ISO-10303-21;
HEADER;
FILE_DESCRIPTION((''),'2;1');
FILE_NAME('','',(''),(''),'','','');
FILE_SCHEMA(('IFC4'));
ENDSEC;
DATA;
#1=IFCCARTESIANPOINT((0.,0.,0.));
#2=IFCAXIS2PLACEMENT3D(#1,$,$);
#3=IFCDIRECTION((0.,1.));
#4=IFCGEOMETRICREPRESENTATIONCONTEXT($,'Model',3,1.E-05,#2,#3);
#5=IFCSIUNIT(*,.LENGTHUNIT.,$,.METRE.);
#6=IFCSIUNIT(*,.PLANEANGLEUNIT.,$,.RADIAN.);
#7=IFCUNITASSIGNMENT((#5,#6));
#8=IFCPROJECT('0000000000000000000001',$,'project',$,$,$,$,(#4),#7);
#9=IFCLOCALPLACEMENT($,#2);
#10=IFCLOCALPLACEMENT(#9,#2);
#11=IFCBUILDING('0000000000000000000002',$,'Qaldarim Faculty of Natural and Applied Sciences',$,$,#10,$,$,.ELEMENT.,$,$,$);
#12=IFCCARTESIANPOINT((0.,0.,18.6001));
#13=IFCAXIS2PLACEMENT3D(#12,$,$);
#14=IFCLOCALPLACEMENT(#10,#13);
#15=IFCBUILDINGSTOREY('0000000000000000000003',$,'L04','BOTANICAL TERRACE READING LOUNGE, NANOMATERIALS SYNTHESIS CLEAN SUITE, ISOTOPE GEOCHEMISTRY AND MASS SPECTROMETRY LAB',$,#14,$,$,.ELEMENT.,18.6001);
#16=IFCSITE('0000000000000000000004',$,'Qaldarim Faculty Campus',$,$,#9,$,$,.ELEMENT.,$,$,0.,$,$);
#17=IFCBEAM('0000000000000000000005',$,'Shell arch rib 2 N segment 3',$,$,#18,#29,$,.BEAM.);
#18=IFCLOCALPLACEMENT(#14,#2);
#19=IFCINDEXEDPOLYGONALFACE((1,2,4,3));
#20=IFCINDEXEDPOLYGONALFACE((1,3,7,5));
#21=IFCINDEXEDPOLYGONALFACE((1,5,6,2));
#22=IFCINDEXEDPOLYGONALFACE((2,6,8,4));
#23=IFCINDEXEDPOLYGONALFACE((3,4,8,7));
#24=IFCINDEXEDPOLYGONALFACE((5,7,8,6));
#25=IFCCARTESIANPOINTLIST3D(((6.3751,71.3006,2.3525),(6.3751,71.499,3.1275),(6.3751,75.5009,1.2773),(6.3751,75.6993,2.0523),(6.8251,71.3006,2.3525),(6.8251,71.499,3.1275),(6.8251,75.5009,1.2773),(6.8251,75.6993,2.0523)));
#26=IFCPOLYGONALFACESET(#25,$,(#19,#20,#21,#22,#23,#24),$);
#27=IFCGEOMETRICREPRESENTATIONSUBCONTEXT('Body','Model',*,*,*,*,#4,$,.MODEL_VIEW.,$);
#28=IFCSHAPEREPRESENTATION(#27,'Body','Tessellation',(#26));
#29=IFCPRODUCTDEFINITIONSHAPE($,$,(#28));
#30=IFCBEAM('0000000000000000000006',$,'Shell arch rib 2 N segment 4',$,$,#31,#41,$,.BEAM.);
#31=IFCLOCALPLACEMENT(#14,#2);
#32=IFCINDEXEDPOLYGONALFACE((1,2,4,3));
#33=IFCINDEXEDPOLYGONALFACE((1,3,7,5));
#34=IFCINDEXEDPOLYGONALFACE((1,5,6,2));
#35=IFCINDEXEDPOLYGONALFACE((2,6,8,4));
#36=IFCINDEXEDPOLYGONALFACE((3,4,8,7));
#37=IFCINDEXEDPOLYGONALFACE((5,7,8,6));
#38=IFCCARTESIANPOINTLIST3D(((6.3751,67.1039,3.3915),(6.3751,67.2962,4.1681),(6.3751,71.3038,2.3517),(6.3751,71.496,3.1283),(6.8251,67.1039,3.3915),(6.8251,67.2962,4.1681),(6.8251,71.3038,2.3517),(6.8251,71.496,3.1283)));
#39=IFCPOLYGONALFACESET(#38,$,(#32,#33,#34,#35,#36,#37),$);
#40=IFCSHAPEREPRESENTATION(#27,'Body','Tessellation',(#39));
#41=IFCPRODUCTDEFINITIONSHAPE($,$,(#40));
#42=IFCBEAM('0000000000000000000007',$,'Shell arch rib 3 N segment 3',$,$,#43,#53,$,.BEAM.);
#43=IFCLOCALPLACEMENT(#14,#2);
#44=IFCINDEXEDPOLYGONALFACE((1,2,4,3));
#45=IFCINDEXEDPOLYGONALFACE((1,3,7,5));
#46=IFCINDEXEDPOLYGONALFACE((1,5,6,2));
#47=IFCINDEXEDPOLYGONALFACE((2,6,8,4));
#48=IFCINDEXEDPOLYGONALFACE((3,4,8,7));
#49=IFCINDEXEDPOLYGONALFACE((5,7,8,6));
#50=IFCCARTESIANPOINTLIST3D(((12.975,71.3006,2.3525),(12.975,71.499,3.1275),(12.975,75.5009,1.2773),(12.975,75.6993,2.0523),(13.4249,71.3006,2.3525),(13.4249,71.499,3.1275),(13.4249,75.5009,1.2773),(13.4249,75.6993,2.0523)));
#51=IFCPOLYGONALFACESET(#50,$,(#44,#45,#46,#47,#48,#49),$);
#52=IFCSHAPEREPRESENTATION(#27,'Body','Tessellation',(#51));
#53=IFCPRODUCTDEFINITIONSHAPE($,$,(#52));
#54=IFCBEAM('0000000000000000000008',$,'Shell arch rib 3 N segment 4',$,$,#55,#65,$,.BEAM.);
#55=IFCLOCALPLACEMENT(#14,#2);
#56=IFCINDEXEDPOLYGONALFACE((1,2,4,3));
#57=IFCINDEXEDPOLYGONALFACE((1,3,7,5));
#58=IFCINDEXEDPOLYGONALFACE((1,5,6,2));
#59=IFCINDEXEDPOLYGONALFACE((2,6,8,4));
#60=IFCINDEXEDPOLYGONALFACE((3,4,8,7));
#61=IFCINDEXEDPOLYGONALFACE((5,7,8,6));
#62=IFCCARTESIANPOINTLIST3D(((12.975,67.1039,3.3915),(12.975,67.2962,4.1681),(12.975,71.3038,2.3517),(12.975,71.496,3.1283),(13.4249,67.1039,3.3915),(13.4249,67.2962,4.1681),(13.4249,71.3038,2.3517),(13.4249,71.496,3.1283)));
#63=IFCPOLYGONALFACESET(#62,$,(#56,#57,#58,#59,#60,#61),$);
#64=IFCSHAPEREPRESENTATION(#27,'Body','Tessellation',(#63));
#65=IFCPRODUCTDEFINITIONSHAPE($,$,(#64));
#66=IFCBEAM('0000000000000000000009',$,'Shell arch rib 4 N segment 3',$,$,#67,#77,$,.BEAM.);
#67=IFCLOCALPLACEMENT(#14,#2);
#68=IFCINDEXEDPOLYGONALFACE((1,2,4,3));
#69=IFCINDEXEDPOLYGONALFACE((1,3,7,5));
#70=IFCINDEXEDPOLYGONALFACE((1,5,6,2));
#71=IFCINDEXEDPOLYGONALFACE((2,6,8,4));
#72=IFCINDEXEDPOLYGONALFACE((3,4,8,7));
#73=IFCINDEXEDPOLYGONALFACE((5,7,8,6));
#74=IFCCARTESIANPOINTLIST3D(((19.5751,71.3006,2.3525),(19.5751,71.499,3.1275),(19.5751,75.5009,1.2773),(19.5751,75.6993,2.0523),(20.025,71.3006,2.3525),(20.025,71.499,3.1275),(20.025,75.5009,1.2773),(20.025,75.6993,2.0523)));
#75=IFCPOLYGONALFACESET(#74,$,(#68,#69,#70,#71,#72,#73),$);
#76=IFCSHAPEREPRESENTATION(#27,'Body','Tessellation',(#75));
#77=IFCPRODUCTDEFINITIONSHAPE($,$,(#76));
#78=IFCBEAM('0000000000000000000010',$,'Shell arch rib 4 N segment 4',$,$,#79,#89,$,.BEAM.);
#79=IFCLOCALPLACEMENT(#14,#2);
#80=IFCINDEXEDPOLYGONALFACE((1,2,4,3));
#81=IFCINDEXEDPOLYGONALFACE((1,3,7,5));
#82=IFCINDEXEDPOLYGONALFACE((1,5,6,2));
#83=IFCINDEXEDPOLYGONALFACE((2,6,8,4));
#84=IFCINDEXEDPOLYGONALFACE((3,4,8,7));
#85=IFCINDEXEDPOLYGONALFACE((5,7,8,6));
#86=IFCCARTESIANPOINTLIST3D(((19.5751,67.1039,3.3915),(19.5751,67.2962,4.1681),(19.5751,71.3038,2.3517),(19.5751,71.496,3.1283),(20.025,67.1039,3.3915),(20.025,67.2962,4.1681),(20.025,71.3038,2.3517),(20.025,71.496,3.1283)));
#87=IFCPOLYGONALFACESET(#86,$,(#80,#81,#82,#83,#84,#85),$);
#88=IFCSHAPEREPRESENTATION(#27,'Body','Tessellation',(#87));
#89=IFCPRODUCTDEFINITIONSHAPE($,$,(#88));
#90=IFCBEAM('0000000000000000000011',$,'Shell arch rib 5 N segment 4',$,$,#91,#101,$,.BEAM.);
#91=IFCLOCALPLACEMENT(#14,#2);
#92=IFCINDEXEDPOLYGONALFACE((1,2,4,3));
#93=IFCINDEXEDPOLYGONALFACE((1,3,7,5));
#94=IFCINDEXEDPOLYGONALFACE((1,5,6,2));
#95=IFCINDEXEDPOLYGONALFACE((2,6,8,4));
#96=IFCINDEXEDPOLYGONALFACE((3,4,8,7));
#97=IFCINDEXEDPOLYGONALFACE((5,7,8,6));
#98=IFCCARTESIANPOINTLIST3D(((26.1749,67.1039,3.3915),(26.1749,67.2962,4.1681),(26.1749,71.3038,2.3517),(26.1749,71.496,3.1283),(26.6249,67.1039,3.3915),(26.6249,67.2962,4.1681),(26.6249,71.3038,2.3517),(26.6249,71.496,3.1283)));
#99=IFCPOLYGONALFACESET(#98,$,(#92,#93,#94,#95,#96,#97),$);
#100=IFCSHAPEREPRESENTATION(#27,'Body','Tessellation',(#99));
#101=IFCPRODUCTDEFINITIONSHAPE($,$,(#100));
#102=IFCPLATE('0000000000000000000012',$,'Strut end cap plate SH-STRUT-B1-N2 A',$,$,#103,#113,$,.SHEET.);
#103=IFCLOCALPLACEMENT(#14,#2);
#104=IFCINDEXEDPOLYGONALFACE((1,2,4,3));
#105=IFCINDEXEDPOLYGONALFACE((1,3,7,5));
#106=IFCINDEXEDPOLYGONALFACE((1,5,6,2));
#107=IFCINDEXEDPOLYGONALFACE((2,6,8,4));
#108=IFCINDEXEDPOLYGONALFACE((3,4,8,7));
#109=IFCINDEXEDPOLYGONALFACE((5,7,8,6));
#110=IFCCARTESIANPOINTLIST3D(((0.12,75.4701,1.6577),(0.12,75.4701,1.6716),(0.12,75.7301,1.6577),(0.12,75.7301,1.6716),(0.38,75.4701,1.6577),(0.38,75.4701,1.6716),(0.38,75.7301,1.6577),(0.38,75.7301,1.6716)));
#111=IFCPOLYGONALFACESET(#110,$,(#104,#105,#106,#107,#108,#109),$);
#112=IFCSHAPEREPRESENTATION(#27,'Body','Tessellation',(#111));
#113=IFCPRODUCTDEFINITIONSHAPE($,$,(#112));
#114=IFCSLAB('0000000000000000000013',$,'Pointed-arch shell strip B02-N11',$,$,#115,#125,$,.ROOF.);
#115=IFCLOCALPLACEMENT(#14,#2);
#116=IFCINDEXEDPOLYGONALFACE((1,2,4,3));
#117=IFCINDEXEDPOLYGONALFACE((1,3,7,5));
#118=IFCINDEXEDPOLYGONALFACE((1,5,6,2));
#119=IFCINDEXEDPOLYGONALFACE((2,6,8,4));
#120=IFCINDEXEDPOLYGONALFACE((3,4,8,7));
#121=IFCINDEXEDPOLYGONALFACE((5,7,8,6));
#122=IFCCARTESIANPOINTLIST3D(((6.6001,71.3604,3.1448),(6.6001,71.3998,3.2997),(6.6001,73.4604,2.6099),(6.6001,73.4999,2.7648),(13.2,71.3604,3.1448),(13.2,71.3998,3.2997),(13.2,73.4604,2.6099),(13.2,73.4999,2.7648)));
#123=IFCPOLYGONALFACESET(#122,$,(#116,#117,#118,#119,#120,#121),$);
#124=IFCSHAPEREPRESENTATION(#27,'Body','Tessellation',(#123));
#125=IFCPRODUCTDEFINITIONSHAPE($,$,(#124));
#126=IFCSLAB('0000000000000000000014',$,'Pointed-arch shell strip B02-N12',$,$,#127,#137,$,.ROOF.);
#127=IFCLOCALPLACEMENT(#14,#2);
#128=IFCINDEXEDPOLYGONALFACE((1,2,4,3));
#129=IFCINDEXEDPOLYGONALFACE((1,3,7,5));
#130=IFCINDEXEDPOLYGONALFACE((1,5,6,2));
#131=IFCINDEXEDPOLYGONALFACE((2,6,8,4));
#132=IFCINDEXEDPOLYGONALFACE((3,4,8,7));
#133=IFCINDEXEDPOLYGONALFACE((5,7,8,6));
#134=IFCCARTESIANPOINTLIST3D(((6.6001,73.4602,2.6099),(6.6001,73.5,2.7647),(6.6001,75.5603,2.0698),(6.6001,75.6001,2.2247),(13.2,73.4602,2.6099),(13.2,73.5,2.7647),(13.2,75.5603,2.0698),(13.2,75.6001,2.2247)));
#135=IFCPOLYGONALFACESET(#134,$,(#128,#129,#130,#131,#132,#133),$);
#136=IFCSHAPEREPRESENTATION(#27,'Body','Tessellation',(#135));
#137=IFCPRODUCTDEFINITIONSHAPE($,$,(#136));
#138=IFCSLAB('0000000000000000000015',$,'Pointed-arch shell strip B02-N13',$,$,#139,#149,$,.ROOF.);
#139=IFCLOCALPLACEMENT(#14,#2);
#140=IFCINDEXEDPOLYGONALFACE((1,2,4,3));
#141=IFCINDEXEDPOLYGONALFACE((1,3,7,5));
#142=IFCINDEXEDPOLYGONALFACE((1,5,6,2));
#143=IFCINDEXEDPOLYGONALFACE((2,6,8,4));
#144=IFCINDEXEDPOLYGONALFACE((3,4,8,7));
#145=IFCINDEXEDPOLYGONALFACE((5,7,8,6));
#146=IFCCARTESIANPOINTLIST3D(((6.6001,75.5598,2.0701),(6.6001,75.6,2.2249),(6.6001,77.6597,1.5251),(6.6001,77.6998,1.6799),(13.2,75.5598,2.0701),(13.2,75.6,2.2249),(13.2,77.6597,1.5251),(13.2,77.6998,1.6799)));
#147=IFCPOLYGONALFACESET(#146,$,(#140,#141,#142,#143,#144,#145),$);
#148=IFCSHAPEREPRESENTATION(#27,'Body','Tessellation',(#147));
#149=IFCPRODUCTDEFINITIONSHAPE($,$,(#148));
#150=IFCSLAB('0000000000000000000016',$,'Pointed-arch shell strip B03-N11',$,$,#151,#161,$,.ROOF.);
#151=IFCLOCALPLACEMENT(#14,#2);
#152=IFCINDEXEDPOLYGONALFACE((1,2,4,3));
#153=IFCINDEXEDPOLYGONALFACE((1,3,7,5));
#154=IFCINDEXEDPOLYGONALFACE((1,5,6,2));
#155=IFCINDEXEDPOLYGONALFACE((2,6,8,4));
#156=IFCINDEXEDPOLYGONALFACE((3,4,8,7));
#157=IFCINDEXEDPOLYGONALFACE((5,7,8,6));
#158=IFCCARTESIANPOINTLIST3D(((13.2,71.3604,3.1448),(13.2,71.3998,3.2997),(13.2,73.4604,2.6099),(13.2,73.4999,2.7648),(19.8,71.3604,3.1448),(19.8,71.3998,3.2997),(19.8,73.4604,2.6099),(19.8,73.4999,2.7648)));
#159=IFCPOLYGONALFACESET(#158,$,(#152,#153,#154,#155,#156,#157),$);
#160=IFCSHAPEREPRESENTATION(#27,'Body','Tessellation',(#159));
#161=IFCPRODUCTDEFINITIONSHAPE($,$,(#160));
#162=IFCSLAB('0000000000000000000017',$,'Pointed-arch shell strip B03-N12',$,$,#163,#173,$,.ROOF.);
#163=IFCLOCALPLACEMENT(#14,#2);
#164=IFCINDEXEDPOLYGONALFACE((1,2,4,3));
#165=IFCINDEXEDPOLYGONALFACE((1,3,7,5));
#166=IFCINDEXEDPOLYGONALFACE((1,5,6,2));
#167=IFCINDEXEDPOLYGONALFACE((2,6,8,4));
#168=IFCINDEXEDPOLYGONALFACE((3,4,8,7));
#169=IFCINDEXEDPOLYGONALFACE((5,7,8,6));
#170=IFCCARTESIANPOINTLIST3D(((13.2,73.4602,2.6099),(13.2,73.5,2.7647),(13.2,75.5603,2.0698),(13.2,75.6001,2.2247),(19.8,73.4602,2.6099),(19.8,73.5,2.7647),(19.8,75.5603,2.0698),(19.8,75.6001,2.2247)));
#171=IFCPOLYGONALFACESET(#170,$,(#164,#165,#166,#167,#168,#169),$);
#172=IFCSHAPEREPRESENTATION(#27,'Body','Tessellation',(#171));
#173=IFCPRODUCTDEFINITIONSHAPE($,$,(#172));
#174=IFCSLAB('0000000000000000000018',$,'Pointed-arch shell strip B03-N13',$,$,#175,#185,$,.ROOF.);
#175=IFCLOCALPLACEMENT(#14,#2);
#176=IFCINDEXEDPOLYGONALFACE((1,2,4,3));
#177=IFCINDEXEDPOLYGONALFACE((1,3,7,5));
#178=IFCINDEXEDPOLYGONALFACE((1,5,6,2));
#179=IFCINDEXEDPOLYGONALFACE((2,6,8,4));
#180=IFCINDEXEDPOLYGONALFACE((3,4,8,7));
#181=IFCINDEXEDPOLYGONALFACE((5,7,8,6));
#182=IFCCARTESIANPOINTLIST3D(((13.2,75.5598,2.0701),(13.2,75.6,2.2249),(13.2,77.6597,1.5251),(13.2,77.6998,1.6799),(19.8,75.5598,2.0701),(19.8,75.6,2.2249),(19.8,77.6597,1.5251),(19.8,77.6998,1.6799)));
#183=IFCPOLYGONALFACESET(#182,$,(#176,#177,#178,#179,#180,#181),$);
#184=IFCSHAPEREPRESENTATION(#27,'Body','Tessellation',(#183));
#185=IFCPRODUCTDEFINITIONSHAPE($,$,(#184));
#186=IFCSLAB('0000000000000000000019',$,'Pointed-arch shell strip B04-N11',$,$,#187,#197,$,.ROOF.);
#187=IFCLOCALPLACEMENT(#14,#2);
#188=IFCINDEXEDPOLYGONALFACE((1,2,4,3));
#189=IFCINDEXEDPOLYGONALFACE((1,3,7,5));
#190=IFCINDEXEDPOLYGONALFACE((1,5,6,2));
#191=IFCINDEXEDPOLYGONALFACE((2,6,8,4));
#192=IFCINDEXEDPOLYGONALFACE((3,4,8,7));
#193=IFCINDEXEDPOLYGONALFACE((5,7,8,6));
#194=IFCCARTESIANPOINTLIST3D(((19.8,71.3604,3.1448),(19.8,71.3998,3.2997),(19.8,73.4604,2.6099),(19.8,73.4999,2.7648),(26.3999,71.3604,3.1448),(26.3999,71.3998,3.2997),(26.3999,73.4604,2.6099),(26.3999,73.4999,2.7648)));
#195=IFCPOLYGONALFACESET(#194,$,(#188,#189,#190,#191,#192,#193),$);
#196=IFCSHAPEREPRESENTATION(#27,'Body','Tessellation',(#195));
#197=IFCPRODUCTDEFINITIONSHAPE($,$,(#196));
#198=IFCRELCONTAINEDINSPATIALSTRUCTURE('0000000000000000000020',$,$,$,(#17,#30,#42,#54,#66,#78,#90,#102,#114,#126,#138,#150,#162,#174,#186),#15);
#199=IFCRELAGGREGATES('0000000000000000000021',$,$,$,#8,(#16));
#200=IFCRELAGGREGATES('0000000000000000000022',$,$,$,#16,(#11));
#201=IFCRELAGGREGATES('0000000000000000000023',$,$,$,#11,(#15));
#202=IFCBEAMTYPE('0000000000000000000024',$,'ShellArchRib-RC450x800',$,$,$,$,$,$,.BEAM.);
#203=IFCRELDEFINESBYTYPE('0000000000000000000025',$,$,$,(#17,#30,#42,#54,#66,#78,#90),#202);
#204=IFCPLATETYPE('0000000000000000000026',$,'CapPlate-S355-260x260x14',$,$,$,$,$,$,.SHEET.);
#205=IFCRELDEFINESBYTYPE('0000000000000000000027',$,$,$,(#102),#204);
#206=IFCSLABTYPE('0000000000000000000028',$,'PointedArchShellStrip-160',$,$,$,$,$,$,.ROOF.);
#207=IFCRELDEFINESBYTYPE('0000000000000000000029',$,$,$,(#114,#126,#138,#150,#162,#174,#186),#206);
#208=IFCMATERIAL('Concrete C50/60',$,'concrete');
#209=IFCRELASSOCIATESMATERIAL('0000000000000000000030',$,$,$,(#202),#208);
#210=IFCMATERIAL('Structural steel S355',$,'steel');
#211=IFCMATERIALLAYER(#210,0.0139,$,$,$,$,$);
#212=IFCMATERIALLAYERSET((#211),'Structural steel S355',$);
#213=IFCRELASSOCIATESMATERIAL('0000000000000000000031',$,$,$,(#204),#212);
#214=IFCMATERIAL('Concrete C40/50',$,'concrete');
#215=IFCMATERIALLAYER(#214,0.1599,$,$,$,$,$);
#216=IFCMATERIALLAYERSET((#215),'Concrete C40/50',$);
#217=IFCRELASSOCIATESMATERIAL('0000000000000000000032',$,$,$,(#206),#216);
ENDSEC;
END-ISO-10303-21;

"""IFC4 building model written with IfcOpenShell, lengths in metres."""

from ifc_helpers import new_model, si_unit, direction, frame, origin, origin_2d, place, context, subcontext, project, spatial, polyline, rectangle, outline, extrude, material, layer, layer_set, material_profile, profile_set, type_object, element, save


model = new_model("IFC4")

# Units and contexts
model_context = context("Model", 3, precision=1e-05, world=origin(), true_north=direction((0.0, 1.0)))
body_context = subcontext(model_context, "Body", "Model", "MODEL_VIEW")
ifc_project = project(units=[si_unit("LENGTHUNIT", "METRE"), si_unit("PLANEANGLEUNIT", "RADIAN")], contexts=[model_context])

# Site, building, storey
site_placement = place(None, origin())
site = spatial("IfcSite", under=ifc_project, at=site_placement, Name="Qaldarim Faculty Campus", CompositionType="ELEMENT", RefElevation=0.0)
building_placement = place(site_placement, origin())
building = spatial("IfcBuilding", under=site, at=building_placement, Name="Qaldarim Faculty of Natural and Applied Sciences", CompositionType="ELEMENT")
storey_placement = place(building_placement, frame((0.0, 0.0, 18.6001)))
storey = spatial("IfcBuildingStorey", under=building, at=storey_placement, Name="L04", Description="BOTANICAL TERRACE READING LOUNGE, NANOMATERIALS SYNTHESIS CLEAN SUITE, ISOTOPE GEOCHEMISTRY AND MASS SPECTROMETRY LAB", CompositionType="ELEMENT", Elevation=18.6001)

# Beams
ifc_material_1 = material(Name="Concrete C50/60", Category="concrete")
ifc_material_profile = material_profile(ifc_material_1, rectangle(XDim=0.45, YDim=0.8, at=origin_2d()), Name="RC-RIB450x800")
ifc_profile_set = profile_set([ifc_material_profile], Name="Concrete C50/60")
beam_type = type_object("IfcBeamType", Name="ShellArchRib-RC450x800", PredefinedType="BEAM", material=ifc_profile_set)
beam_1_placement = place(storey_placement, frame((6.6001, 75.6001, 1.6648), z_axis=(0.0, -0.968762, 0.247991), x_axis=(1.0, 0.0, 0.0)))
element("IfcBeam", 1, at=beam_1_placement, inside=storey, type_object=beam_type, Name="Shell arch rib 2 N segment 3", PredefinedType="BEAM", context=body_context, shape_type="SweptSolid", body=[
    extrude(rectangle(XDim=0.45, YDim=0.8, at=origin_2d()), origin(), (0.0, 0.0, 1.0), 4.3357),
])
beam_2_placement = place(storey_placement, frame((6.6001, 71.3999, 2.74), z_axis=(0.0, -0.970694, 0.240318), x_axis=(1.0, 0.0, 0.0)))
element("IfcBeam", 2, at=beam_2_placement, inside=storey, type_object=beam_type, Name="Shell arch rib 2 N segment 4", PredefinedType="BEAM", context=body_context, shape_type="SweptSolid", body=[
    extrude(rectangle(XDim=0.45, YDim=0.8, at=origin_2d()), origin(), (0.0, 0.0, 1.0), 4.3267),
])
beam_3_placement = place(storey_placement, frame((13.2, 75.6001, 1.6648), z_axis=(0.0, -0.968762, 0.247991), x_axis=(1.0, 0.0, 0.0)))
element("IfcBeam", 3, at=beam_3_placement, inside=storey, type_object=beam_type, Name="Shell arch rib 3 N segment 3", PredefinedType="BEAM", context=body_context, shape_type="SweptSolid", body=[
    extrude(rectangle(XDim=0.45, YDim=0.8, at=origin_2d()), origin(), (0.0, 0.0, 1.0), 4.3357),
])
beam_4_placement = place(storey_placement, frame((13.2, 71.3999, 2.74), z_axis=(0.0, -0.970694, 0.240318), x_axis=(1.0, 0.0, 0.0)))
element("IfcBeam", 4, at=beam_4_placement, inside=storey, type_object=beam_type, Name="Shell arch rib 3 N segment 4", PredefinedType="BEAM", context=body_context, shape_type="SweptSolid", body=[
    extrude(rectangle(XDim=0.45, YDim=0.8, at=origin_2d()), origin(), (0.0, 0.0, 1.0), 4.3267),
])
beam_5_placement = place(storey_placement, frame((19.8, 75.6001, 1.6648), z_axis=(0.0, -0.968762, 0.247991), x_axis=(1.0, 0.0, 0.0)))
element("IfcBeam", 5, at=beam_5_placement, inside=storey, type_object=beam_type, Name="Shell arch rib 4 N segment 3", PredefinedType="BEAM", context=body_context, shape_type="SweptSolid", body=[
    extrude(rectangle(XDim=0.45, YDim=0.8, at=origin_2d()), origin(), (0.0, 0.0, 1.0), 4.3357),
])
for number, where, z_axis, x_axis, name in (
    (6, (19.8, 71.3999, 2.74), (0.0, -0.970694, 0.240318), (1.0, 0.0, 0.0), "Shell arch rib 4 N segment 4"),
    (7, (26.3999, 71.3999, 2.74), (0.0, -0.970694, 0.240318), (1.0, 0.0, 0.0), "Shell arch rib 5 N segment 4"),
):
    element("IfcBeam", number, at=place(storey_placement, frame(where, z_axis=z_axis, x_axis=x_axis)), inside=storey, type_object=beam_type, Name=name, PredefinedType="BEAM", context=body_context, shape_type="SweptSolid", body=[
        extrude(rectangle(XDim=0.45, YDim=0.8, at=origin_2d()), origin(), (0.0, 0.0, 1.0), 4.3267),
    ])

# Plate
ifc_material_2 = material(Name="Structural steel S355", Category="steel")
ifc_layer_1 = layer(ifc_material_2, 0.0139)
ifc_layer_set_1 = layer_set([ifc_layer_1], Name="Structural steel S355")
plate_type = type_object("IfcPlateType", Name="CapPlate-S355-260x260x14", PredefinedType="SHEET", material=ifc_layer_set_1)
plate_placement = place(storey_placement, frame((0.25, 75.6001, 1.6577), z_axis=(0.0, 0.0, 1.0), x_axis=(1.0, 0.0, 0.0)))
element("IfcPlate", 8, at=plate_placement, inside=storey, type_object=plate_type, Name="Strut end cap plate SH-STRUT-B1-N2 A", PredefinedType="SHEET", context=body_context, shape_type="SweptSolid", body=[
    extrude(rectangle(XDim=0.26, YDim=0.26, at=origin_2d()), origin(), (0.0, 0.0, 1.0), 0.0139),
])

# Slabs
ifc_material_3 = material(Name="Concrete C40/50", Category="concrete")
ifc_layer_2 = layer(ifc_material_3, 0.1599)
ifc_layer_set_2 = layer_set([ifc_layer_2], Name="Concrete C40/50")
slab_type = type_object("IfcSlabType", Name="PointedArchShellStrip-160", PredefinedType="ROOF", material=ifc_layer_set_2)
slab_1_placement = place(storey_placement, frame((6.6001, 71.3604, 3.1448), z_axis=(0.0, 0.246827, 0.969059), x_axis=(1.0, 0.0, 0.0)))
element("IfcSlab", 9, at=slab_1_placement, inside=storey, type_object=slab_type, Name="Pointed-arch shell strip B02-N11", PredefinedType="ROOF", context=body_context, shape_type="SweptSolid", body=[
    extrude(outline(polyline([(0.0, 0.0), (6.5999, 0.0), (6.5999, 2.1672), (0.0, 2.1672), (0.0, 0.0)])), origin(), (0.0, 0.0, 1.0), 0.1599),
])
slab_2_placement = place(storey_placement, frame((6.6001, 73.4602, 2.6099), z_axis=(0.0, 0.249047, 0.968491), x_axis=(1.0, 0.0, 0.0)))
element("IfcSlab", 10, at=slab_2_placement, inside=storey, type_object=slab_type, Name="Pointed-arch shell strip B02-N12", PredefinedType="ROOF", context=body_context, shape_type="SweptSolid", body=[
    extrude(outline(polyline([(0.0, 0.0), (6.5999, 0.0), (6.5999, 2.1684), (0.0, 2.1684), (0.0, 0.0)])), origin(), (0.0, 0.0, 1.0), 0.1599),
])
slab_3_placement = place(storey_placement, frame((6.6001, 75.5598, 2.0701), z_axis=(0.0, 0.251185, 0.967939), x_axis=(1.0, 0.0, 0.0)))
element("IfcSlab", 11, at=slab_3_placement, inside=storey, type_object=slab_type, Name="Pointed-arch shell strip B02-N13", PredefinedType="ROOF", context=body_context, shape_type="SweptSolid", body=[
    extrude(outline(polyline([(0.0, 0.0), (6.5999, 0.0), (6.5999, 2.1694), (0.0, 2.1694), (0.0, 0.0)])), origin(), (0.0, 0.0, 1.0), 0.1599),
])
slab_4_placement = place(storey_placement, frame((13.2, 71.3604, 3.1448), z_axis=(0.0, 0.246827, 0.969059), x_axis=(1.0, 0.0, 0.0)))
element("IfcSlab", 12, at=slab_4_placement, inside=storey, type_object=slab_type, Name="Pointed-arch shell strip B03-N11", PredefinedType="ROOF", context=body_context, shape_type="SweptSolid", body=[
    extrude(outline(polyline([(0.0, 0.0), (6.6001, 0.0), (6.6001, 2.1672), (0.0, 2.1672), (0.0, 0.0)])), origin(), (0.0, 0.0, 1.0), 0.1599),
])
slab_5_placement = place(storey_placement, frame((13.2, 73.4602, 2.6099), z_axis=(0.0, 0.249047, 0.968491), x_axis=(1.0, 0.0, 0.0)))
element("IfcSlab", 13, at=slab_5_placement, inside=storey, type_object=slab_type, Name="Pointed-arch shell strip B03-N12", PredefinedType="ROOF", context=body_context, shape_type="SweptSolid", body=[
    extrude(outline(polyline([(0.0, 0.0), (6.6001, 0.0), (6.6001, 2.1684), (0.0, 2.1684), (0.0, 0.0)])), origin(), (0.0, 0.0, 1.0), 0.1599),
])
slab_6_placement = place(storey_placement, frame((13.2, 75.5598, 2.0701), z_axis=(0.0, 0.251185, 0.967939), x_axis=(1.0, 0.0, 0.0)))
element("IfcSlab", 14, at=slab_6_placement, inside=storey, type_object=slab_type, Name="Pointed-arch shell strip B03-N13", PredefinedType="ROOF", context=body_context, shape_type="SweptSolid", body=[
    extrude(outline(polyline([(0.0, 0.0), (6.6001, 0.0), (6.6001, 2.1694), (0.0, 2.1694), (0.0, 0.0)])), origin(), (0.0, 0.0, 1.0), 0.1599),
])
slab_7_placement = place(storey_placement, frame((19.8, 71.3604, 3.1448), z_axis=(0.0, 0.246827, 0.969059), x_axis=(1.0, 0.0, 0.0)))
element("IfcSlab", 15, at=slab_7_placement, inside=storey, type_object=slab_type, Name="Pointed-arch shell strip B04-N11", PredefinedType="ROOF", context=body_context, shape_type="SweptSolid", body=[
    extrude(outline(polyline([(0.0, 0.0), (6.5999, 0.0), (6.5999, 2.1672), (0.0, 2.1672), (0.0, 0.0)])), origin(), (0.0, 0.0, 1.0), 0.1599),
])

save(model, "model.ifc")
